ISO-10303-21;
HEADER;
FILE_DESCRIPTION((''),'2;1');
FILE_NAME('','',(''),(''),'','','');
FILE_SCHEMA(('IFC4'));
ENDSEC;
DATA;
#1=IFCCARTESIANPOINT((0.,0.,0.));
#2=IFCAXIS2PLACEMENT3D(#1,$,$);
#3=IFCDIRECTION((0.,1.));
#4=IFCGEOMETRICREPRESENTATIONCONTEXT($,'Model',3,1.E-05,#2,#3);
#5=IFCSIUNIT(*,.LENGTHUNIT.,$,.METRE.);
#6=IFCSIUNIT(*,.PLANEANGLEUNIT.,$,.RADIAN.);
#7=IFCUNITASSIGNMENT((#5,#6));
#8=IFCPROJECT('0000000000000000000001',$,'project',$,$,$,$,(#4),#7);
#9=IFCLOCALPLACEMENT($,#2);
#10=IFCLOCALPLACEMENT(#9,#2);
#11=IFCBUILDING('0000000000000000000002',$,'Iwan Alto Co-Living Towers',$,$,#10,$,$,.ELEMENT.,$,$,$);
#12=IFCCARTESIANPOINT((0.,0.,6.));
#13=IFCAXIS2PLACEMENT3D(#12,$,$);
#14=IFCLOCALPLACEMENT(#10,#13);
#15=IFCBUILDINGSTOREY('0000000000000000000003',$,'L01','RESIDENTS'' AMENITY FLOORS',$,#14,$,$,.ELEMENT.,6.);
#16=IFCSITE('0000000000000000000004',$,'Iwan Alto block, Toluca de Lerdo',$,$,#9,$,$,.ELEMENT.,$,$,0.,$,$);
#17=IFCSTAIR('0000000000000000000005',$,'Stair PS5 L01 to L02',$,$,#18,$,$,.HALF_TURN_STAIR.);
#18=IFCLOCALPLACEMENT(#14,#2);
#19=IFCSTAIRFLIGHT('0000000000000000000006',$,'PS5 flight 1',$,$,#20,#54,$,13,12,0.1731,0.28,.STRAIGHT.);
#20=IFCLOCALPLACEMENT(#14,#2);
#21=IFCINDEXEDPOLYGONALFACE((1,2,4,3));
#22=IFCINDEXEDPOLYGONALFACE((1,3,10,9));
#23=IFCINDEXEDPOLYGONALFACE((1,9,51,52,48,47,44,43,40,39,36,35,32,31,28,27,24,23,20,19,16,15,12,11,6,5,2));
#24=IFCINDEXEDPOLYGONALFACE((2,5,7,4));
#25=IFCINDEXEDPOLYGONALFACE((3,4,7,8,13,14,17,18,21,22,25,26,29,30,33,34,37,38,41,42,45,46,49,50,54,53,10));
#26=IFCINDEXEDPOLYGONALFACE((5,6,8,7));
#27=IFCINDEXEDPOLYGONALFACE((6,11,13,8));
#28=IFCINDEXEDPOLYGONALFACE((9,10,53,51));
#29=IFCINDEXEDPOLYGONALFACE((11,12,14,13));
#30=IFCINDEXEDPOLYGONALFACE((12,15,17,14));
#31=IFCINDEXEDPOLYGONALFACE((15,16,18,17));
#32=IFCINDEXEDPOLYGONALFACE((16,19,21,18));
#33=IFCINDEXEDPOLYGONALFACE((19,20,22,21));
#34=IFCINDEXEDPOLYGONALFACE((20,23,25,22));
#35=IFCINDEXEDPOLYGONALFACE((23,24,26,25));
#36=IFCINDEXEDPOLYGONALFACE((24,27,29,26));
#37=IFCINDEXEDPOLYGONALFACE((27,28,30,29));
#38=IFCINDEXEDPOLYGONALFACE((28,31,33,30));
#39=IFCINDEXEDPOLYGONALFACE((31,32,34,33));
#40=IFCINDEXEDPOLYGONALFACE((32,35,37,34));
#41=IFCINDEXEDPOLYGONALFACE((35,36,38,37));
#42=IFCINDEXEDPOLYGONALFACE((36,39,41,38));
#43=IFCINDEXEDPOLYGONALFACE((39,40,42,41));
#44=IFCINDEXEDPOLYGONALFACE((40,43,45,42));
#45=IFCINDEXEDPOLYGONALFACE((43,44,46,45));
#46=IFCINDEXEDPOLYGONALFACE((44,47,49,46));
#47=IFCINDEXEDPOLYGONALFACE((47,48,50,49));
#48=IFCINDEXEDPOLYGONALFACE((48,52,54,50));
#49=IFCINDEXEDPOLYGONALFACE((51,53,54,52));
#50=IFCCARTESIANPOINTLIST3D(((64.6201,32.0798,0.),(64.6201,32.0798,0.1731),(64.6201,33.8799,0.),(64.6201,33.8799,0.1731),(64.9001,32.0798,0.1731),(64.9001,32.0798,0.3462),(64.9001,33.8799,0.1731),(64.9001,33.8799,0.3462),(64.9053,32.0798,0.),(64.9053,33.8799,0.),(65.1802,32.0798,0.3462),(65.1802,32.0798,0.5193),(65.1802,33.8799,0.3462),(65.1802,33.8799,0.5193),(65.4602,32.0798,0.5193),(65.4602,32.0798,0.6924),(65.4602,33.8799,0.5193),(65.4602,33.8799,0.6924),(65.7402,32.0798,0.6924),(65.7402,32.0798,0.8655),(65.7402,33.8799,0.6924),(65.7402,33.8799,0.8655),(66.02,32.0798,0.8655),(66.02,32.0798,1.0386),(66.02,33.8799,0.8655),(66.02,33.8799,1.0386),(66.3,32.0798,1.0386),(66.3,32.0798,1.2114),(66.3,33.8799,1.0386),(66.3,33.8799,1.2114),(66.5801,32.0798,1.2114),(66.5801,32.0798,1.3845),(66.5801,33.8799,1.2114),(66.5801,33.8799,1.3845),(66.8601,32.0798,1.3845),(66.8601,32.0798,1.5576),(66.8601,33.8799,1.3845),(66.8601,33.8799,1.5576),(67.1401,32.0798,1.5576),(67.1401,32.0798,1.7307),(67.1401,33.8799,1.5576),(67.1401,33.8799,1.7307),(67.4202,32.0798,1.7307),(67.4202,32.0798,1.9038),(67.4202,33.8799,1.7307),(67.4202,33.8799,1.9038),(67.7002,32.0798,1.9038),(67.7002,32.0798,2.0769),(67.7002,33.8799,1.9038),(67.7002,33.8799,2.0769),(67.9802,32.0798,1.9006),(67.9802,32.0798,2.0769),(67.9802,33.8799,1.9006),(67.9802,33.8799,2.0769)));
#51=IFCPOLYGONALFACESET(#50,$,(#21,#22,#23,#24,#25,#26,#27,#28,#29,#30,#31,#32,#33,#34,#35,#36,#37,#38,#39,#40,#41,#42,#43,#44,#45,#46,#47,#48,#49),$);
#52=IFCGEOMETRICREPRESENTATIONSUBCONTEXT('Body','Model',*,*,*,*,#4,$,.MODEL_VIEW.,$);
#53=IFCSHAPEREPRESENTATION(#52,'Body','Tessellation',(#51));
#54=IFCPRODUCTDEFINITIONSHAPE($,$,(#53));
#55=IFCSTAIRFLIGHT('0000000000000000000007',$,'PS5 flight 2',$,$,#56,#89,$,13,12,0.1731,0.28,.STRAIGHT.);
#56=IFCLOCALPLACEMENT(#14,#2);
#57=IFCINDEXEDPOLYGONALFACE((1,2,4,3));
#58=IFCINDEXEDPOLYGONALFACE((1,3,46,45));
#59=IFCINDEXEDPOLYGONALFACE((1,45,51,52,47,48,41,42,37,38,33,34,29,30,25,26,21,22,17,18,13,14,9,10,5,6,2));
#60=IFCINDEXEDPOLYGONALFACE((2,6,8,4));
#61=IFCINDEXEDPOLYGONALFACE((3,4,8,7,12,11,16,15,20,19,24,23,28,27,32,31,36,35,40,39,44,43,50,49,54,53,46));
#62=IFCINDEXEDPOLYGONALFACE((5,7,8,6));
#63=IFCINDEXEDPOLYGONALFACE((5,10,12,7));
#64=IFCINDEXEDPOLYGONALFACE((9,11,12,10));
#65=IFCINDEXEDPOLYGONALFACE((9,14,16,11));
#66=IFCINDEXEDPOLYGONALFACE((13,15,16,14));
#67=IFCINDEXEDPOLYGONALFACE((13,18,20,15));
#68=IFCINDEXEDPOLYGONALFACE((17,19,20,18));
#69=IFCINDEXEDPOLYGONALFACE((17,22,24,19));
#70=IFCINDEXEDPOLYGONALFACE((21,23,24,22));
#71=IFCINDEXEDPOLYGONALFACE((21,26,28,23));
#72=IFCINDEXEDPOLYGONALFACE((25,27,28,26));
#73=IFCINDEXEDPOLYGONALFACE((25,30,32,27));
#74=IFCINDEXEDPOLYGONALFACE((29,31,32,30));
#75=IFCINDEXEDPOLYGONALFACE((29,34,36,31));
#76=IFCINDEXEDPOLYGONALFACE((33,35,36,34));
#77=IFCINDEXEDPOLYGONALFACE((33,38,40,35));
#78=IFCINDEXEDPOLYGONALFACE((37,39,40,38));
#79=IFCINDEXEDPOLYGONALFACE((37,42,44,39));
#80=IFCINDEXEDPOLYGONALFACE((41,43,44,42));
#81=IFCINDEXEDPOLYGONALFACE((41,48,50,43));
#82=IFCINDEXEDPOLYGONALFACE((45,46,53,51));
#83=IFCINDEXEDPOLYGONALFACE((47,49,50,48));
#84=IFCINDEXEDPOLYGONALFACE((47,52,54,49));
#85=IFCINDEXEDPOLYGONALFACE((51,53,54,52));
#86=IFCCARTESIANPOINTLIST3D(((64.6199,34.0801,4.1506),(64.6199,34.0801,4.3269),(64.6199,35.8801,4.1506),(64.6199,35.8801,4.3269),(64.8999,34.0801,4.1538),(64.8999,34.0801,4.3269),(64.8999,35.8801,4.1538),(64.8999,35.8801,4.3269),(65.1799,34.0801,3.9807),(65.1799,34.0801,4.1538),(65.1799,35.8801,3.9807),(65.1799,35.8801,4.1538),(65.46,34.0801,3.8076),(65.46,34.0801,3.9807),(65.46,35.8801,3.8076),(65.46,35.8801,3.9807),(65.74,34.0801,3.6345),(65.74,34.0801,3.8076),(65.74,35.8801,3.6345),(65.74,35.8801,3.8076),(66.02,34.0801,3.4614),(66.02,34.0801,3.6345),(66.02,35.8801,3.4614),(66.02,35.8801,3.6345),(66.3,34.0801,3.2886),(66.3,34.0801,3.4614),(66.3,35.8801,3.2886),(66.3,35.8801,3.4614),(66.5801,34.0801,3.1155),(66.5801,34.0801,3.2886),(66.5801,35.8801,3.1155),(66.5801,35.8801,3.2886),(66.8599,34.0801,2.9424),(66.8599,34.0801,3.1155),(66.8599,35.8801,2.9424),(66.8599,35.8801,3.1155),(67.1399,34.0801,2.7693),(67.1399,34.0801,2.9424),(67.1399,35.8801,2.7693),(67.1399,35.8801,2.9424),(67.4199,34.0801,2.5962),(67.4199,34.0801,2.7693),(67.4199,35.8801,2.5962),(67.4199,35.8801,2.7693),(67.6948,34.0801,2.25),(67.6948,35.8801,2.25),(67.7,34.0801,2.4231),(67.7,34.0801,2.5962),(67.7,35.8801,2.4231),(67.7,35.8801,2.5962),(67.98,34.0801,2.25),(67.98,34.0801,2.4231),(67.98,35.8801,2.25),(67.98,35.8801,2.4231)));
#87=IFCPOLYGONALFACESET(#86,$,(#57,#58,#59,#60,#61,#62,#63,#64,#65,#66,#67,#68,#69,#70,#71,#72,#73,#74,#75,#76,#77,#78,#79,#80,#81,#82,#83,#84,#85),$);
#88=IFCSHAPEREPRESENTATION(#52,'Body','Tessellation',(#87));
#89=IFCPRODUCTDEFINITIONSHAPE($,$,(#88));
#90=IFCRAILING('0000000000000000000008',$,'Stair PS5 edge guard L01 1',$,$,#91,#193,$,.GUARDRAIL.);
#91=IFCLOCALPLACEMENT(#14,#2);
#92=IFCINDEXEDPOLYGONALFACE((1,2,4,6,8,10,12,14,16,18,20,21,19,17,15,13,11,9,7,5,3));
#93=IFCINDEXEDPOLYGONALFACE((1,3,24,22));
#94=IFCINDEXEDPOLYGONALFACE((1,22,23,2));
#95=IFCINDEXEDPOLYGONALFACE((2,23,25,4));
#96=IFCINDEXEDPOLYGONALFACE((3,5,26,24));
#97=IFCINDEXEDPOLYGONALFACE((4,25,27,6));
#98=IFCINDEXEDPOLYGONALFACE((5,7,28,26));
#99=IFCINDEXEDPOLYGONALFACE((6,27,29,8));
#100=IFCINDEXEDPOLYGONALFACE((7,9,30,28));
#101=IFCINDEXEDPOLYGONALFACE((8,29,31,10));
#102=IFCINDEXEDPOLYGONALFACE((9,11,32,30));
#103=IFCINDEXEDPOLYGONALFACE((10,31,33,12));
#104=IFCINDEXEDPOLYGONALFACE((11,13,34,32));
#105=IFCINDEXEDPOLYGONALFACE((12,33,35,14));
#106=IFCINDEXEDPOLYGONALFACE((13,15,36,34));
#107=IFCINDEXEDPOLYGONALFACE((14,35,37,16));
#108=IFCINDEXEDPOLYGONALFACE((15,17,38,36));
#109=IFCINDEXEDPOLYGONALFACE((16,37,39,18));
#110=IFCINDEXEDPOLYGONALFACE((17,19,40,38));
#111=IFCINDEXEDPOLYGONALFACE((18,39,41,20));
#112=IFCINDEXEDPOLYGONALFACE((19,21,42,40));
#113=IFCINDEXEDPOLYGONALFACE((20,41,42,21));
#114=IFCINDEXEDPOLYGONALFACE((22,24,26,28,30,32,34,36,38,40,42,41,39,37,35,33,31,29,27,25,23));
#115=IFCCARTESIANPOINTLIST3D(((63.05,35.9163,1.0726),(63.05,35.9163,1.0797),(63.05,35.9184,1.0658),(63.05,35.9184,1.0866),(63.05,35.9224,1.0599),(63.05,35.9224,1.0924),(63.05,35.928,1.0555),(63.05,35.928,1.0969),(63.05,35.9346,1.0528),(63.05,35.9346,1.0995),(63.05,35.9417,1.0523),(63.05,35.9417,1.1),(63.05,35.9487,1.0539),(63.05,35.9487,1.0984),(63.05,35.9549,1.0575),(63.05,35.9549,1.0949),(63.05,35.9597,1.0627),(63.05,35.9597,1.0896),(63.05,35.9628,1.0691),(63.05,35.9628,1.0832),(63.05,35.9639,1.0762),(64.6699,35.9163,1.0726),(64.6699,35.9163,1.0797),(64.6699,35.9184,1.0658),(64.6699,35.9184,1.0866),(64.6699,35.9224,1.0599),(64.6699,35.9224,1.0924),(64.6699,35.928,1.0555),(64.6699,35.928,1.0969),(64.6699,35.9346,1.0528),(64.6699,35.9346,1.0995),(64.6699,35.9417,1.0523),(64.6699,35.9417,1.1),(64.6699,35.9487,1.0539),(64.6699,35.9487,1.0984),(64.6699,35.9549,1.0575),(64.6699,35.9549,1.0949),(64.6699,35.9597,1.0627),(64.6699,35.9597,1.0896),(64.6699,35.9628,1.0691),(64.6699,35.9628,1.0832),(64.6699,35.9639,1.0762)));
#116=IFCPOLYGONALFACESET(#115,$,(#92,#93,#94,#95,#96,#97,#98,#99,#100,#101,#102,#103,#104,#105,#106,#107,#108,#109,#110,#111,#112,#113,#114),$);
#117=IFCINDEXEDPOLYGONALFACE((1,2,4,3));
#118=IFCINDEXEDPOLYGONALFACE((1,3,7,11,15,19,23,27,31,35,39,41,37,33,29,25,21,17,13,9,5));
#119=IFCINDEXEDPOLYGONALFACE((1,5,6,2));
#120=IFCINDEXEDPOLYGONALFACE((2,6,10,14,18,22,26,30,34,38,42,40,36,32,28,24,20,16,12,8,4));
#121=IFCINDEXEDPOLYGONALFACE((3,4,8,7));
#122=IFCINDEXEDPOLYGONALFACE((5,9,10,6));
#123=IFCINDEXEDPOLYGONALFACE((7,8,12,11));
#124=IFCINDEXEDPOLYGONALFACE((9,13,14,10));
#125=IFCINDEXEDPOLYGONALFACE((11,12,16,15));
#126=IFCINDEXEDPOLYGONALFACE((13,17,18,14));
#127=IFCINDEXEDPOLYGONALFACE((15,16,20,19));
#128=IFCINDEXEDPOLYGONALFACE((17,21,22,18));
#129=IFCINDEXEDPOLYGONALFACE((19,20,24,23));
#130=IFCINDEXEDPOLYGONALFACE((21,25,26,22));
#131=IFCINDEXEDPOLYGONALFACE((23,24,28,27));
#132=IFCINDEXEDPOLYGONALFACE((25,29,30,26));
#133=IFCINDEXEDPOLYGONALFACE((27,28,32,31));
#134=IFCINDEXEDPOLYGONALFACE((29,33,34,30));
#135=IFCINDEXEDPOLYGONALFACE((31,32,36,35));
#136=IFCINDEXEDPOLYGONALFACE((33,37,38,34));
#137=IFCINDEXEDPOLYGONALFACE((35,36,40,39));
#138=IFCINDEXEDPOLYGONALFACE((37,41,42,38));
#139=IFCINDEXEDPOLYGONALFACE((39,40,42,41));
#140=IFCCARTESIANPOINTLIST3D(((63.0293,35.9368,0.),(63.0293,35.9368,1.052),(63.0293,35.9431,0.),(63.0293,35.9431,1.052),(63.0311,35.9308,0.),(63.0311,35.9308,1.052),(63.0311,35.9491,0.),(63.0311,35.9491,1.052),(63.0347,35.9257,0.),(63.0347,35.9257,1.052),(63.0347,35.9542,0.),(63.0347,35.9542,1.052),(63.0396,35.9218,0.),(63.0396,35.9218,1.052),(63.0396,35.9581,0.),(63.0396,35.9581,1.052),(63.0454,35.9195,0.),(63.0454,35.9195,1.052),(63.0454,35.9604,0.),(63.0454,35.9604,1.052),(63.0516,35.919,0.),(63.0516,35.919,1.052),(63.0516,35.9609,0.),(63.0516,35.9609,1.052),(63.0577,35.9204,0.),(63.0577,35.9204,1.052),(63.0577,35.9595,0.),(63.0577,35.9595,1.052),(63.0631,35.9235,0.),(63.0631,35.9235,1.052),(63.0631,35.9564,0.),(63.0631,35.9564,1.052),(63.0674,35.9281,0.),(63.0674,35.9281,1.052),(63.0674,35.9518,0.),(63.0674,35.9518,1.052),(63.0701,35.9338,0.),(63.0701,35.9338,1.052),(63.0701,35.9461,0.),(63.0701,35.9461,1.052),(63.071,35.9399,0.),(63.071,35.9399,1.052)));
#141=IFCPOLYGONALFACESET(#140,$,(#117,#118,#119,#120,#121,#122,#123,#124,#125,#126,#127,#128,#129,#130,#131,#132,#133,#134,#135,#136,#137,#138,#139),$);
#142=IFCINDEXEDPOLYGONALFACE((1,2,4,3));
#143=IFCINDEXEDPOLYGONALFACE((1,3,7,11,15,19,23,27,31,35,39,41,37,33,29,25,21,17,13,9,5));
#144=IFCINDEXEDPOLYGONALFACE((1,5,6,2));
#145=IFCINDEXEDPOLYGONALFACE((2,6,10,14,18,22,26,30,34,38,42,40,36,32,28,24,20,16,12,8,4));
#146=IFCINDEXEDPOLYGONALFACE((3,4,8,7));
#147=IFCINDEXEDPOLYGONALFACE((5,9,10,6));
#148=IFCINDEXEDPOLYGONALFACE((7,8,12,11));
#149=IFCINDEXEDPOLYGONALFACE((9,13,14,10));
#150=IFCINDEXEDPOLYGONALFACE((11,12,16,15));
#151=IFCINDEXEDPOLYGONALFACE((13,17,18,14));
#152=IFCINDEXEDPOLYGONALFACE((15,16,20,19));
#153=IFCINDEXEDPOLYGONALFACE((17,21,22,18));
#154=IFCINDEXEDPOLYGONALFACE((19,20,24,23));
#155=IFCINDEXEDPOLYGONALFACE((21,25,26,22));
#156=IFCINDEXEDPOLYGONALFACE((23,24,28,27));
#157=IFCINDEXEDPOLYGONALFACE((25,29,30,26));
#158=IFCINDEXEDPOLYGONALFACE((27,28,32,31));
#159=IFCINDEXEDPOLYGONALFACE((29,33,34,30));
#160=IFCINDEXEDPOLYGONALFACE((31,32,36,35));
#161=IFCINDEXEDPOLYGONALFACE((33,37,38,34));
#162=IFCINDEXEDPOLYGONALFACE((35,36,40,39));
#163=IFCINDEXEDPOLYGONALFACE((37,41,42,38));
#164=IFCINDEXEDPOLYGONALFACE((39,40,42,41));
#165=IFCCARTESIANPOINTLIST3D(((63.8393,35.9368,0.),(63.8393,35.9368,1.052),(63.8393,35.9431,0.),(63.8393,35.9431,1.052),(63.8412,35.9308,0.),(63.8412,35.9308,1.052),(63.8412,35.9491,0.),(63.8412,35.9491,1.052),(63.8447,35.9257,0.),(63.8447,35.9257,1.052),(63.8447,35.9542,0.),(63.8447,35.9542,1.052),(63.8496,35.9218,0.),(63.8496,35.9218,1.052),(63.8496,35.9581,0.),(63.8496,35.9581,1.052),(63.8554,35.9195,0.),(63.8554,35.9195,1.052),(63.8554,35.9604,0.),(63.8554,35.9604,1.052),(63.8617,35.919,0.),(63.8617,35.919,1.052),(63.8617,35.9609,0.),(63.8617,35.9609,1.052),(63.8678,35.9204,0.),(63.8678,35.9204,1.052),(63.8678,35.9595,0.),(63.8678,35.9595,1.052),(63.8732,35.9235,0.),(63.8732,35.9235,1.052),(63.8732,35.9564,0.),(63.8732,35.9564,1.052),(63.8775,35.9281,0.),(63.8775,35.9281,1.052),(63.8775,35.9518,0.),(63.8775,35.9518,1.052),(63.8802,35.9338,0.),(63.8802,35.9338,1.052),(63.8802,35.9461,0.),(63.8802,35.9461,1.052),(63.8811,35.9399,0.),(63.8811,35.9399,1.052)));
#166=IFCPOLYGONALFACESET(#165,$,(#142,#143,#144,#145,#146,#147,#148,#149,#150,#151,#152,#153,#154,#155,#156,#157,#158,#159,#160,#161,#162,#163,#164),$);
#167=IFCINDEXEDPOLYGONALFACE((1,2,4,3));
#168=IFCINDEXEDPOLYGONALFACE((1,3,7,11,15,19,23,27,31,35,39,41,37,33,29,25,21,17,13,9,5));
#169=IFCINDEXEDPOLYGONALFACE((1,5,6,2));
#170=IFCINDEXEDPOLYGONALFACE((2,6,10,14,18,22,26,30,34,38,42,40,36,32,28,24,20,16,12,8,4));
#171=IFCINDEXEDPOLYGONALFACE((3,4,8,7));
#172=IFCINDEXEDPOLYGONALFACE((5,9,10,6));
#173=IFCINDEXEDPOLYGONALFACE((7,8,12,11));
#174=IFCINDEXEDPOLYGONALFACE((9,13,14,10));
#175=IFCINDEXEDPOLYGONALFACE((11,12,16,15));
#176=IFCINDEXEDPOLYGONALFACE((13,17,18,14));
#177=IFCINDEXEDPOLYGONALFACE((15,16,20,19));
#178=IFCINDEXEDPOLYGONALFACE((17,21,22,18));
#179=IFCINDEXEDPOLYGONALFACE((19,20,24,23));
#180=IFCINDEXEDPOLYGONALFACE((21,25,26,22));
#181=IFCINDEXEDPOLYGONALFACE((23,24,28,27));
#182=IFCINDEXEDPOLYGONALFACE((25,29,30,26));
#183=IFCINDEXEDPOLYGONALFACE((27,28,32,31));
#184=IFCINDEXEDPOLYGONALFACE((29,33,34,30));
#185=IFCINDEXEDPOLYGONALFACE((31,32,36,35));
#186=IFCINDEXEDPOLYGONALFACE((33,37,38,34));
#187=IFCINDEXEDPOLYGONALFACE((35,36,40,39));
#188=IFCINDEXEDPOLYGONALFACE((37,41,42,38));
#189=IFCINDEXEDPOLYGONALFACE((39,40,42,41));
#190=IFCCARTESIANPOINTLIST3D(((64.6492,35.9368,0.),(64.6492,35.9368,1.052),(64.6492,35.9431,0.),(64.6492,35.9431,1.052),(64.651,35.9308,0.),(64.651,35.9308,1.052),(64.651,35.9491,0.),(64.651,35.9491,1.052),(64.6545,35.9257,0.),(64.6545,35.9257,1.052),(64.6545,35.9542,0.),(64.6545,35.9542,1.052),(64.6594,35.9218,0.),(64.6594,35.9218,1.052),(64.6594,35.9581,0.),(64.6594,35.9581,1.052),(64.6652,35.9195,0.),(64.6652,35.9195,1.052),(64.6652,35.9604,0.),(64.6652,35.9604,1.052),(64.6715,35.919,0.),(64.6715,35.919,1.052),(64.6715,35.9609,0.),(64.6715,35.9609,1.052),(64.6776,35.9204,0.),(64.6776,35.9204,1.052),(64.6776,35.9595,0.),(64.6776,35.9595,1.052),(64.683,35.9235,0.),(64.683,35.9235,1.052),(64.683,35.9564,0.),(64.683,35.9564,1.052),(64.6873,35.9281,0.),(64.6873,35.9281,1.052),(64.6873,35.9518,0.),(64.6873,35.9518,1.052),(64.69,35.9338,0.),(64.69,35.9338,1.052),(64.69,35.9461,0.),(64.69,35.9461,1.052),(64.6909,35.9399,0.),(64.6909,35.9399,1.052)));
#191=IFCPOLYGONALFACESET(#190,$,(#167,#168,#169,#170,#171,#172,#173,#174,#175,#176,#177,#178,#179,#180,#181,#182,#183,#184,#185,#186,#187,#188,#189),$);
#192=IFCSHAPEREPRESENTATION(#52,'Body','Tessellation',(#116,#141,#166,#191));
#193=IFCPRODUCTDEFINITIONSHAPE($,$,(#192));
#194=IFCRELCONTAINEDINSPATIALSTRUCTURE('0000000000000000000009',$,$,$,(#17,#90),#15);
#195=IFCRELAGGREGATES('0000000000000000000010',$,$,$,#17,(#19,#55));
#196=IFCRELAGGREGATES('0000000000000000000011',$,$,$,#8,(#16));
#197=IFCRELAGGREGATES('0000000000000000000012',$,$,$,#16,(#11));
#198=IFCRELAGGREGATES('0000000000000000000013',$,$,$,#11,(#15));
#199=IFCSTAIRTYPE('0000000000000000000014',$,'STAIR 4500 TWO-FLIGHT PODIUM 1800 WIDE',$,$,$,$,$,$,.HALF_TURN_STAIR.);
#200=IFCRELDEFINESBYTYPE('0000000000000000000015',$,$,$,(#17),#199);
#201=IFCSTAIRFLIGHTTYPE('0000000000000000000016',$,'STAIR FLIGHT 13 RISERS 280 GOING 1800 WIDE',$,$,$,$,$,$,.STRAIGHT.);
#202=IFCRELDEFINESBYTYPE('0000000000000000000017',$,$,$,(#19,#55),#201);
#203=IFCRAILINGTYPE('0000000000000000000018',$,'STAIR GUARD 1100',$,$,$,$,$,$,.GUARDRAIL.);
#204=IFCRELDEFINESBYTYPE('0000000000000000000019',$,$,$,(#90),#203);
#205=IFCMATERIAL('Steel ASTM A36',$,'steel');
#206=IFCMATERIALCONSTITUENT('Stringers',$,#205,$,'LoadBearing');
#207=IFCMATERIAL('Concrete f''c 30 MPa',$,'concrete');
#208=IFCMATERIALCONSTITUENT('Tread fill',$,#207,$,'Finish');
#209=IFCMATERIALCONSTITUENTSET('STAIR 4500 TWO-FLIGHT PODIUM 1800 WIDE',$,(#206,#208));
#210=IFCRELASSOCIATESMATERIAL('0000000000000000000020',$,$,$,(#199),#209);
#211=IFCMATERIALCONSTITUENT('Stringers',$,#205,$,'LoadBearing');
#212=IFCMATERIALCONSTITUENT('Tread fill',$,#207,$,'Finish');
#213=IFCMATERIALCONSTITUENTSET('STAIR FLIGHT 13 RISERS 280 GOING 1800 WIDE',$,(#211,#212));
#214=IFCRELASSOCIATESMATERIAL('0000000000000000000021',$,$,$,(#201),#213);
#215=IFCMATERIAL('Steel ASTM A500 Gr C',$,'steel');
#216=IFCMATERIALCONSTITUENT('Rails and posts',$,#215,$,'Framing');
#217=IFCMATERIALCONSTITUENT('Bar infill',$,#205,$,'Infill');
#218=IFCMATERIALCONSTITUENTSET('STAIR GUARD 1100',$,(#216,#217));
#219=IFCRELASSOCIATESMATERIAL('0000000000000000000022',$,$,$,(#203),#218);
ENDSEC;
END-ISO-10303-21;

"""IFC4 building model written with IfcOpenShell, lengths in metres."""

from ifc_helpers import new_model, si_unit, direction, frame, origin, origin_2d, place, context, subcontext, project, spatial, polyline, circle, outline, extrude, material, constituent, constituent_set, type_object, element, aggregate, save


model = new_model("IFC4")

# Units and contexts
model_context = context("Model", 3, precision=1e-05, world=origin(), true_north=direction((0.0, 1.0)))
body_context = subcontext(model_context, "Body", "Model", "MODEL_VIEW")
ifc_project = project(units=[si_unit("LENGTHUNIT", "METRE"), si_unit("PLANEANGLEUNIT", "RADIAN")], contexts=[model_context])

# Site, building, storey
site_placement = place(None, origin())
site = spatial("IfcSite", under=ifc_project, at=site_placement, Name="Iwan Alto block, Toluca de Lerdo", CompositionType="ELEMENT", RefElevation=0.0)
building_placement = place(site_placement, origin())
building = spatial("IfcBuilding", under=site, at=building_placement, Name="Iwan Alto Co-Living Towers", CompositionType="ELEMENT")
storey_placement = place(building_placement, frame((0.0, 0.0, 6.0)))
storey = spatial("IfcBuildingStorey", under=building, at=storey_placement, Name="L01", Description="RESIDENTS' AMENITY FLOORS", CompositionType="ELEMENT", Elevation=6.0)

# Stair, stair flights
ifc_material_1 = material(Name="Steel ASTM A36", Category="steel")
ifc_constituent_1 = constituent(ifc_material_1, Name="Stringers", Category="LoadBearing")
ifc_material_2 = material(Name="Concrete f'c 30 MPa", Category="concrete")
ifc_constituent_2 = constituent(ifc_material_2, Name="Tread fill", Category="Finish")
ifc_constituent_set_1 = constituent_set(constituents=[ifc_constituent_1, ifc_constituent_2], Name="STAIR 4500 TWO-FLIGHT PODIUM 1800 WIDE")
stair_type = type_object("IfcStairType", Name="STAIR 4500 TWO-FLIGHT PODIUM 1800 WIDE", PredefinedType="HALF_TURN_STAIR", material=ifc_constituent_set_1)
stair_placement = place(storey_placement, origin())
stair = element("IfcStair", 1, at=stair_placement, inside=storey, type_object=stair_type, Name="Stair PS5 L01 to L02", PredefinedType="HALF_TURN_STAIR")
ifc_constituent_3 = constituent(ifc_material_1, Name="Stringers", Category="LoadBearing")
ifc_constituent_4 = constituent(ifc_material_2, Name="Tread fill", Category="Finish")
ifc_constituent_set_2 = constituent_set(constituents=[ifc_constituent_3, ifc_constituent_4], Name="STAIR FLIGHT 13 RISERS 280 GOING 1800 WIDE")
stair_flight_type = type_object("IfcStairFlightType", Name="STAIR FLIGHT 13 RISERS 280 GOING 1800 WIDE", PredefinedType="STRAIGHT", material=ifc_constituent_set_2)
stair_flight_1_placement = place(storey_placement, frame((64.6201, 32.98, 0.0), z_axis=(0.0, 0.0, 1.0), x_axis=(1.0, 0.0, 0.0)))
stair_flight_1 = element("IfcStairFlight", 2, at=stair_flight_1_placement, type_object=stair_flight_type, Name="PS5 flight 1", NumberOfRisers=13, NumberOfTreads=12, PredefinedType="STRAIGHT", RiserHeight=0.1731, TreadLength=0.28, context=body_context, shape_type="SweptSolid", body=[
    extrude(outline(polyline([(0.0, 0.0), (0.0, 0.1731), (0.28, 0.1731), (0.28, 0.3462), (0.5601, 0.3462), (0.5601, 0.5193), (0.8401, 0.5193), (0.8401, 0.6924), (1.1201, 0.6924), (1.1201, 0.8655), (1.3999, 0.8655), (1.3999, 1.0386), (1.6799, 1.0386), (1.6799, 1.2114), (1.96, 1.2114), (1.96, 1.3845), (2.24, 1.3845), (2.24, 1.5576), (2.52, 1.5576), (2.52, 1.7307), (2.8, 1.7307), (2.8, 1.9038), (3.0801, 1.9038), (3.0801, 2.0769), (3.3601, 2.0769), (3.3601, 2.25), (3.3601, 1.9006), (0.2852, 0.0), (0.0, 0.0)])), frame((0.0, 0.8999, 0.0), z_axis=(0.0, -1.0, 0.0), x_axis=(1.0, 0.0, 0.0)), (0.0, 0.0, 1.0), 1.8),
])
stair_flight_2_placement = place(storey_placement, frame((67.98, 34.98, 2.25), z_axis=(0.0, 0.0, 1.0), x_axis=(-1.0, 0.0, 0.0)))
stair_flight_2 = element("IfcStairFlight", 3, at=stair_flight_2_placement, type_object=stair_flight_type, Name="PS5 flight 2", NumberOfRisers=13, NumberOfTreads=12, PredefinedType="STRAIGHT", RiserHeight=0.1731, TreadLength=0.28, context=body_context, shape_type="SweptSolid", body=[
    extrude(outline(polyline([(0.0, 0.0), (0.0, 0.1731), (0.28, 0.1731), (0.28, 0.3462), (0.5601, 0.3462), (0.5601, 0.5193), (0.8401, 0.5193), (0.8401, 0.6924), (1.1201, 0.6924), (1.1201, 0.8655), (1.3999, 0.8655), (1.3999, 1.0386), (1.6799, 1.0386), (1.6799, 1.2114), (1.96, 1.2114), (1.96, 1.3845), (2.24, 1.3845), (2.24, 1.5576), (2.52, 1.5576), (2.52, 1.7307), (2.8, 1.7307), (2.8, 1.9038), (3.0801, 1.9038), (3.0801, 2.0769), (3.3601, 2.0769), (3.3601, 2.25), (3.3601, 1.9006), (0.2852, 0.0), (0.0, 0.0)])), frame((0.0, 0.8999, 0.0), z_axis=(0.0, -1.0, 0.0), x_axis=(1.0, 0.0, 0.0)), (0.0, 0.0, 1.0), 1.8),
])
aggregate(stair, [stair_flight_1, stair_flight_2])

# Railing
ifc_material_3 = material(Name="Steel ASTM A500 Gr C", Category="steel")
ifc_constituent_5 = constituent(ifc_material_3, Name="Rails and posts", Category="Framing")
ifc_constituent_6 = constituent(ifc_material_1, Name="Bar infill", Category="Infill")
ifc_constituent_set_3 = constituent_set(constituents=[ifc_constituent_5, ifc_constituent_6], Name="STAIR GUARD 1100")
railing_type_1 = type_object("IfcRailingType", Name="STAIR GUARD 1100", PredefinedType="GUARDRAIL", material=ifc_constituent_set_3)
railing_1_placement = place(storey_placement, frame((63.05, 35.9399, 0.0)))
element("IfcRailing", 4, at=railing_1_placement, inside=storey, type_object=railing_type_1, Name="Stair PS5 edge guard L01 1", PredefinedType="GUARDRAIL", context=body_context, shape_type="SweptSolid", body=[
    extrude(circle(Radius=0.0239, at=origin_2d()), frame((0.0, 0.0, 1.0762), z_axis=(1.0, 0.0, 0.0), x_axis=(0.0, 1.0, 0.0)), (0.0, 0.0, 1.0), 1.6199),
    extrude(circle(Radius=0.021, at=origin_2d()), origin(), (0.0, 0.0, 1.0), 1.052),
    extrude(circle(Radius=0.021, at=origin_2d()), frame((0.8101, 0.0, 0.0)), (0.0, 0.0, 1.0), 1.052),
    extrude(circle(Radius=0.021, at=origin_2d()), frame((1.6199, 0.0, 0.0)), (0.0, 0.0, 1.0), 1.052),
])

save(model, "model.ifc")
